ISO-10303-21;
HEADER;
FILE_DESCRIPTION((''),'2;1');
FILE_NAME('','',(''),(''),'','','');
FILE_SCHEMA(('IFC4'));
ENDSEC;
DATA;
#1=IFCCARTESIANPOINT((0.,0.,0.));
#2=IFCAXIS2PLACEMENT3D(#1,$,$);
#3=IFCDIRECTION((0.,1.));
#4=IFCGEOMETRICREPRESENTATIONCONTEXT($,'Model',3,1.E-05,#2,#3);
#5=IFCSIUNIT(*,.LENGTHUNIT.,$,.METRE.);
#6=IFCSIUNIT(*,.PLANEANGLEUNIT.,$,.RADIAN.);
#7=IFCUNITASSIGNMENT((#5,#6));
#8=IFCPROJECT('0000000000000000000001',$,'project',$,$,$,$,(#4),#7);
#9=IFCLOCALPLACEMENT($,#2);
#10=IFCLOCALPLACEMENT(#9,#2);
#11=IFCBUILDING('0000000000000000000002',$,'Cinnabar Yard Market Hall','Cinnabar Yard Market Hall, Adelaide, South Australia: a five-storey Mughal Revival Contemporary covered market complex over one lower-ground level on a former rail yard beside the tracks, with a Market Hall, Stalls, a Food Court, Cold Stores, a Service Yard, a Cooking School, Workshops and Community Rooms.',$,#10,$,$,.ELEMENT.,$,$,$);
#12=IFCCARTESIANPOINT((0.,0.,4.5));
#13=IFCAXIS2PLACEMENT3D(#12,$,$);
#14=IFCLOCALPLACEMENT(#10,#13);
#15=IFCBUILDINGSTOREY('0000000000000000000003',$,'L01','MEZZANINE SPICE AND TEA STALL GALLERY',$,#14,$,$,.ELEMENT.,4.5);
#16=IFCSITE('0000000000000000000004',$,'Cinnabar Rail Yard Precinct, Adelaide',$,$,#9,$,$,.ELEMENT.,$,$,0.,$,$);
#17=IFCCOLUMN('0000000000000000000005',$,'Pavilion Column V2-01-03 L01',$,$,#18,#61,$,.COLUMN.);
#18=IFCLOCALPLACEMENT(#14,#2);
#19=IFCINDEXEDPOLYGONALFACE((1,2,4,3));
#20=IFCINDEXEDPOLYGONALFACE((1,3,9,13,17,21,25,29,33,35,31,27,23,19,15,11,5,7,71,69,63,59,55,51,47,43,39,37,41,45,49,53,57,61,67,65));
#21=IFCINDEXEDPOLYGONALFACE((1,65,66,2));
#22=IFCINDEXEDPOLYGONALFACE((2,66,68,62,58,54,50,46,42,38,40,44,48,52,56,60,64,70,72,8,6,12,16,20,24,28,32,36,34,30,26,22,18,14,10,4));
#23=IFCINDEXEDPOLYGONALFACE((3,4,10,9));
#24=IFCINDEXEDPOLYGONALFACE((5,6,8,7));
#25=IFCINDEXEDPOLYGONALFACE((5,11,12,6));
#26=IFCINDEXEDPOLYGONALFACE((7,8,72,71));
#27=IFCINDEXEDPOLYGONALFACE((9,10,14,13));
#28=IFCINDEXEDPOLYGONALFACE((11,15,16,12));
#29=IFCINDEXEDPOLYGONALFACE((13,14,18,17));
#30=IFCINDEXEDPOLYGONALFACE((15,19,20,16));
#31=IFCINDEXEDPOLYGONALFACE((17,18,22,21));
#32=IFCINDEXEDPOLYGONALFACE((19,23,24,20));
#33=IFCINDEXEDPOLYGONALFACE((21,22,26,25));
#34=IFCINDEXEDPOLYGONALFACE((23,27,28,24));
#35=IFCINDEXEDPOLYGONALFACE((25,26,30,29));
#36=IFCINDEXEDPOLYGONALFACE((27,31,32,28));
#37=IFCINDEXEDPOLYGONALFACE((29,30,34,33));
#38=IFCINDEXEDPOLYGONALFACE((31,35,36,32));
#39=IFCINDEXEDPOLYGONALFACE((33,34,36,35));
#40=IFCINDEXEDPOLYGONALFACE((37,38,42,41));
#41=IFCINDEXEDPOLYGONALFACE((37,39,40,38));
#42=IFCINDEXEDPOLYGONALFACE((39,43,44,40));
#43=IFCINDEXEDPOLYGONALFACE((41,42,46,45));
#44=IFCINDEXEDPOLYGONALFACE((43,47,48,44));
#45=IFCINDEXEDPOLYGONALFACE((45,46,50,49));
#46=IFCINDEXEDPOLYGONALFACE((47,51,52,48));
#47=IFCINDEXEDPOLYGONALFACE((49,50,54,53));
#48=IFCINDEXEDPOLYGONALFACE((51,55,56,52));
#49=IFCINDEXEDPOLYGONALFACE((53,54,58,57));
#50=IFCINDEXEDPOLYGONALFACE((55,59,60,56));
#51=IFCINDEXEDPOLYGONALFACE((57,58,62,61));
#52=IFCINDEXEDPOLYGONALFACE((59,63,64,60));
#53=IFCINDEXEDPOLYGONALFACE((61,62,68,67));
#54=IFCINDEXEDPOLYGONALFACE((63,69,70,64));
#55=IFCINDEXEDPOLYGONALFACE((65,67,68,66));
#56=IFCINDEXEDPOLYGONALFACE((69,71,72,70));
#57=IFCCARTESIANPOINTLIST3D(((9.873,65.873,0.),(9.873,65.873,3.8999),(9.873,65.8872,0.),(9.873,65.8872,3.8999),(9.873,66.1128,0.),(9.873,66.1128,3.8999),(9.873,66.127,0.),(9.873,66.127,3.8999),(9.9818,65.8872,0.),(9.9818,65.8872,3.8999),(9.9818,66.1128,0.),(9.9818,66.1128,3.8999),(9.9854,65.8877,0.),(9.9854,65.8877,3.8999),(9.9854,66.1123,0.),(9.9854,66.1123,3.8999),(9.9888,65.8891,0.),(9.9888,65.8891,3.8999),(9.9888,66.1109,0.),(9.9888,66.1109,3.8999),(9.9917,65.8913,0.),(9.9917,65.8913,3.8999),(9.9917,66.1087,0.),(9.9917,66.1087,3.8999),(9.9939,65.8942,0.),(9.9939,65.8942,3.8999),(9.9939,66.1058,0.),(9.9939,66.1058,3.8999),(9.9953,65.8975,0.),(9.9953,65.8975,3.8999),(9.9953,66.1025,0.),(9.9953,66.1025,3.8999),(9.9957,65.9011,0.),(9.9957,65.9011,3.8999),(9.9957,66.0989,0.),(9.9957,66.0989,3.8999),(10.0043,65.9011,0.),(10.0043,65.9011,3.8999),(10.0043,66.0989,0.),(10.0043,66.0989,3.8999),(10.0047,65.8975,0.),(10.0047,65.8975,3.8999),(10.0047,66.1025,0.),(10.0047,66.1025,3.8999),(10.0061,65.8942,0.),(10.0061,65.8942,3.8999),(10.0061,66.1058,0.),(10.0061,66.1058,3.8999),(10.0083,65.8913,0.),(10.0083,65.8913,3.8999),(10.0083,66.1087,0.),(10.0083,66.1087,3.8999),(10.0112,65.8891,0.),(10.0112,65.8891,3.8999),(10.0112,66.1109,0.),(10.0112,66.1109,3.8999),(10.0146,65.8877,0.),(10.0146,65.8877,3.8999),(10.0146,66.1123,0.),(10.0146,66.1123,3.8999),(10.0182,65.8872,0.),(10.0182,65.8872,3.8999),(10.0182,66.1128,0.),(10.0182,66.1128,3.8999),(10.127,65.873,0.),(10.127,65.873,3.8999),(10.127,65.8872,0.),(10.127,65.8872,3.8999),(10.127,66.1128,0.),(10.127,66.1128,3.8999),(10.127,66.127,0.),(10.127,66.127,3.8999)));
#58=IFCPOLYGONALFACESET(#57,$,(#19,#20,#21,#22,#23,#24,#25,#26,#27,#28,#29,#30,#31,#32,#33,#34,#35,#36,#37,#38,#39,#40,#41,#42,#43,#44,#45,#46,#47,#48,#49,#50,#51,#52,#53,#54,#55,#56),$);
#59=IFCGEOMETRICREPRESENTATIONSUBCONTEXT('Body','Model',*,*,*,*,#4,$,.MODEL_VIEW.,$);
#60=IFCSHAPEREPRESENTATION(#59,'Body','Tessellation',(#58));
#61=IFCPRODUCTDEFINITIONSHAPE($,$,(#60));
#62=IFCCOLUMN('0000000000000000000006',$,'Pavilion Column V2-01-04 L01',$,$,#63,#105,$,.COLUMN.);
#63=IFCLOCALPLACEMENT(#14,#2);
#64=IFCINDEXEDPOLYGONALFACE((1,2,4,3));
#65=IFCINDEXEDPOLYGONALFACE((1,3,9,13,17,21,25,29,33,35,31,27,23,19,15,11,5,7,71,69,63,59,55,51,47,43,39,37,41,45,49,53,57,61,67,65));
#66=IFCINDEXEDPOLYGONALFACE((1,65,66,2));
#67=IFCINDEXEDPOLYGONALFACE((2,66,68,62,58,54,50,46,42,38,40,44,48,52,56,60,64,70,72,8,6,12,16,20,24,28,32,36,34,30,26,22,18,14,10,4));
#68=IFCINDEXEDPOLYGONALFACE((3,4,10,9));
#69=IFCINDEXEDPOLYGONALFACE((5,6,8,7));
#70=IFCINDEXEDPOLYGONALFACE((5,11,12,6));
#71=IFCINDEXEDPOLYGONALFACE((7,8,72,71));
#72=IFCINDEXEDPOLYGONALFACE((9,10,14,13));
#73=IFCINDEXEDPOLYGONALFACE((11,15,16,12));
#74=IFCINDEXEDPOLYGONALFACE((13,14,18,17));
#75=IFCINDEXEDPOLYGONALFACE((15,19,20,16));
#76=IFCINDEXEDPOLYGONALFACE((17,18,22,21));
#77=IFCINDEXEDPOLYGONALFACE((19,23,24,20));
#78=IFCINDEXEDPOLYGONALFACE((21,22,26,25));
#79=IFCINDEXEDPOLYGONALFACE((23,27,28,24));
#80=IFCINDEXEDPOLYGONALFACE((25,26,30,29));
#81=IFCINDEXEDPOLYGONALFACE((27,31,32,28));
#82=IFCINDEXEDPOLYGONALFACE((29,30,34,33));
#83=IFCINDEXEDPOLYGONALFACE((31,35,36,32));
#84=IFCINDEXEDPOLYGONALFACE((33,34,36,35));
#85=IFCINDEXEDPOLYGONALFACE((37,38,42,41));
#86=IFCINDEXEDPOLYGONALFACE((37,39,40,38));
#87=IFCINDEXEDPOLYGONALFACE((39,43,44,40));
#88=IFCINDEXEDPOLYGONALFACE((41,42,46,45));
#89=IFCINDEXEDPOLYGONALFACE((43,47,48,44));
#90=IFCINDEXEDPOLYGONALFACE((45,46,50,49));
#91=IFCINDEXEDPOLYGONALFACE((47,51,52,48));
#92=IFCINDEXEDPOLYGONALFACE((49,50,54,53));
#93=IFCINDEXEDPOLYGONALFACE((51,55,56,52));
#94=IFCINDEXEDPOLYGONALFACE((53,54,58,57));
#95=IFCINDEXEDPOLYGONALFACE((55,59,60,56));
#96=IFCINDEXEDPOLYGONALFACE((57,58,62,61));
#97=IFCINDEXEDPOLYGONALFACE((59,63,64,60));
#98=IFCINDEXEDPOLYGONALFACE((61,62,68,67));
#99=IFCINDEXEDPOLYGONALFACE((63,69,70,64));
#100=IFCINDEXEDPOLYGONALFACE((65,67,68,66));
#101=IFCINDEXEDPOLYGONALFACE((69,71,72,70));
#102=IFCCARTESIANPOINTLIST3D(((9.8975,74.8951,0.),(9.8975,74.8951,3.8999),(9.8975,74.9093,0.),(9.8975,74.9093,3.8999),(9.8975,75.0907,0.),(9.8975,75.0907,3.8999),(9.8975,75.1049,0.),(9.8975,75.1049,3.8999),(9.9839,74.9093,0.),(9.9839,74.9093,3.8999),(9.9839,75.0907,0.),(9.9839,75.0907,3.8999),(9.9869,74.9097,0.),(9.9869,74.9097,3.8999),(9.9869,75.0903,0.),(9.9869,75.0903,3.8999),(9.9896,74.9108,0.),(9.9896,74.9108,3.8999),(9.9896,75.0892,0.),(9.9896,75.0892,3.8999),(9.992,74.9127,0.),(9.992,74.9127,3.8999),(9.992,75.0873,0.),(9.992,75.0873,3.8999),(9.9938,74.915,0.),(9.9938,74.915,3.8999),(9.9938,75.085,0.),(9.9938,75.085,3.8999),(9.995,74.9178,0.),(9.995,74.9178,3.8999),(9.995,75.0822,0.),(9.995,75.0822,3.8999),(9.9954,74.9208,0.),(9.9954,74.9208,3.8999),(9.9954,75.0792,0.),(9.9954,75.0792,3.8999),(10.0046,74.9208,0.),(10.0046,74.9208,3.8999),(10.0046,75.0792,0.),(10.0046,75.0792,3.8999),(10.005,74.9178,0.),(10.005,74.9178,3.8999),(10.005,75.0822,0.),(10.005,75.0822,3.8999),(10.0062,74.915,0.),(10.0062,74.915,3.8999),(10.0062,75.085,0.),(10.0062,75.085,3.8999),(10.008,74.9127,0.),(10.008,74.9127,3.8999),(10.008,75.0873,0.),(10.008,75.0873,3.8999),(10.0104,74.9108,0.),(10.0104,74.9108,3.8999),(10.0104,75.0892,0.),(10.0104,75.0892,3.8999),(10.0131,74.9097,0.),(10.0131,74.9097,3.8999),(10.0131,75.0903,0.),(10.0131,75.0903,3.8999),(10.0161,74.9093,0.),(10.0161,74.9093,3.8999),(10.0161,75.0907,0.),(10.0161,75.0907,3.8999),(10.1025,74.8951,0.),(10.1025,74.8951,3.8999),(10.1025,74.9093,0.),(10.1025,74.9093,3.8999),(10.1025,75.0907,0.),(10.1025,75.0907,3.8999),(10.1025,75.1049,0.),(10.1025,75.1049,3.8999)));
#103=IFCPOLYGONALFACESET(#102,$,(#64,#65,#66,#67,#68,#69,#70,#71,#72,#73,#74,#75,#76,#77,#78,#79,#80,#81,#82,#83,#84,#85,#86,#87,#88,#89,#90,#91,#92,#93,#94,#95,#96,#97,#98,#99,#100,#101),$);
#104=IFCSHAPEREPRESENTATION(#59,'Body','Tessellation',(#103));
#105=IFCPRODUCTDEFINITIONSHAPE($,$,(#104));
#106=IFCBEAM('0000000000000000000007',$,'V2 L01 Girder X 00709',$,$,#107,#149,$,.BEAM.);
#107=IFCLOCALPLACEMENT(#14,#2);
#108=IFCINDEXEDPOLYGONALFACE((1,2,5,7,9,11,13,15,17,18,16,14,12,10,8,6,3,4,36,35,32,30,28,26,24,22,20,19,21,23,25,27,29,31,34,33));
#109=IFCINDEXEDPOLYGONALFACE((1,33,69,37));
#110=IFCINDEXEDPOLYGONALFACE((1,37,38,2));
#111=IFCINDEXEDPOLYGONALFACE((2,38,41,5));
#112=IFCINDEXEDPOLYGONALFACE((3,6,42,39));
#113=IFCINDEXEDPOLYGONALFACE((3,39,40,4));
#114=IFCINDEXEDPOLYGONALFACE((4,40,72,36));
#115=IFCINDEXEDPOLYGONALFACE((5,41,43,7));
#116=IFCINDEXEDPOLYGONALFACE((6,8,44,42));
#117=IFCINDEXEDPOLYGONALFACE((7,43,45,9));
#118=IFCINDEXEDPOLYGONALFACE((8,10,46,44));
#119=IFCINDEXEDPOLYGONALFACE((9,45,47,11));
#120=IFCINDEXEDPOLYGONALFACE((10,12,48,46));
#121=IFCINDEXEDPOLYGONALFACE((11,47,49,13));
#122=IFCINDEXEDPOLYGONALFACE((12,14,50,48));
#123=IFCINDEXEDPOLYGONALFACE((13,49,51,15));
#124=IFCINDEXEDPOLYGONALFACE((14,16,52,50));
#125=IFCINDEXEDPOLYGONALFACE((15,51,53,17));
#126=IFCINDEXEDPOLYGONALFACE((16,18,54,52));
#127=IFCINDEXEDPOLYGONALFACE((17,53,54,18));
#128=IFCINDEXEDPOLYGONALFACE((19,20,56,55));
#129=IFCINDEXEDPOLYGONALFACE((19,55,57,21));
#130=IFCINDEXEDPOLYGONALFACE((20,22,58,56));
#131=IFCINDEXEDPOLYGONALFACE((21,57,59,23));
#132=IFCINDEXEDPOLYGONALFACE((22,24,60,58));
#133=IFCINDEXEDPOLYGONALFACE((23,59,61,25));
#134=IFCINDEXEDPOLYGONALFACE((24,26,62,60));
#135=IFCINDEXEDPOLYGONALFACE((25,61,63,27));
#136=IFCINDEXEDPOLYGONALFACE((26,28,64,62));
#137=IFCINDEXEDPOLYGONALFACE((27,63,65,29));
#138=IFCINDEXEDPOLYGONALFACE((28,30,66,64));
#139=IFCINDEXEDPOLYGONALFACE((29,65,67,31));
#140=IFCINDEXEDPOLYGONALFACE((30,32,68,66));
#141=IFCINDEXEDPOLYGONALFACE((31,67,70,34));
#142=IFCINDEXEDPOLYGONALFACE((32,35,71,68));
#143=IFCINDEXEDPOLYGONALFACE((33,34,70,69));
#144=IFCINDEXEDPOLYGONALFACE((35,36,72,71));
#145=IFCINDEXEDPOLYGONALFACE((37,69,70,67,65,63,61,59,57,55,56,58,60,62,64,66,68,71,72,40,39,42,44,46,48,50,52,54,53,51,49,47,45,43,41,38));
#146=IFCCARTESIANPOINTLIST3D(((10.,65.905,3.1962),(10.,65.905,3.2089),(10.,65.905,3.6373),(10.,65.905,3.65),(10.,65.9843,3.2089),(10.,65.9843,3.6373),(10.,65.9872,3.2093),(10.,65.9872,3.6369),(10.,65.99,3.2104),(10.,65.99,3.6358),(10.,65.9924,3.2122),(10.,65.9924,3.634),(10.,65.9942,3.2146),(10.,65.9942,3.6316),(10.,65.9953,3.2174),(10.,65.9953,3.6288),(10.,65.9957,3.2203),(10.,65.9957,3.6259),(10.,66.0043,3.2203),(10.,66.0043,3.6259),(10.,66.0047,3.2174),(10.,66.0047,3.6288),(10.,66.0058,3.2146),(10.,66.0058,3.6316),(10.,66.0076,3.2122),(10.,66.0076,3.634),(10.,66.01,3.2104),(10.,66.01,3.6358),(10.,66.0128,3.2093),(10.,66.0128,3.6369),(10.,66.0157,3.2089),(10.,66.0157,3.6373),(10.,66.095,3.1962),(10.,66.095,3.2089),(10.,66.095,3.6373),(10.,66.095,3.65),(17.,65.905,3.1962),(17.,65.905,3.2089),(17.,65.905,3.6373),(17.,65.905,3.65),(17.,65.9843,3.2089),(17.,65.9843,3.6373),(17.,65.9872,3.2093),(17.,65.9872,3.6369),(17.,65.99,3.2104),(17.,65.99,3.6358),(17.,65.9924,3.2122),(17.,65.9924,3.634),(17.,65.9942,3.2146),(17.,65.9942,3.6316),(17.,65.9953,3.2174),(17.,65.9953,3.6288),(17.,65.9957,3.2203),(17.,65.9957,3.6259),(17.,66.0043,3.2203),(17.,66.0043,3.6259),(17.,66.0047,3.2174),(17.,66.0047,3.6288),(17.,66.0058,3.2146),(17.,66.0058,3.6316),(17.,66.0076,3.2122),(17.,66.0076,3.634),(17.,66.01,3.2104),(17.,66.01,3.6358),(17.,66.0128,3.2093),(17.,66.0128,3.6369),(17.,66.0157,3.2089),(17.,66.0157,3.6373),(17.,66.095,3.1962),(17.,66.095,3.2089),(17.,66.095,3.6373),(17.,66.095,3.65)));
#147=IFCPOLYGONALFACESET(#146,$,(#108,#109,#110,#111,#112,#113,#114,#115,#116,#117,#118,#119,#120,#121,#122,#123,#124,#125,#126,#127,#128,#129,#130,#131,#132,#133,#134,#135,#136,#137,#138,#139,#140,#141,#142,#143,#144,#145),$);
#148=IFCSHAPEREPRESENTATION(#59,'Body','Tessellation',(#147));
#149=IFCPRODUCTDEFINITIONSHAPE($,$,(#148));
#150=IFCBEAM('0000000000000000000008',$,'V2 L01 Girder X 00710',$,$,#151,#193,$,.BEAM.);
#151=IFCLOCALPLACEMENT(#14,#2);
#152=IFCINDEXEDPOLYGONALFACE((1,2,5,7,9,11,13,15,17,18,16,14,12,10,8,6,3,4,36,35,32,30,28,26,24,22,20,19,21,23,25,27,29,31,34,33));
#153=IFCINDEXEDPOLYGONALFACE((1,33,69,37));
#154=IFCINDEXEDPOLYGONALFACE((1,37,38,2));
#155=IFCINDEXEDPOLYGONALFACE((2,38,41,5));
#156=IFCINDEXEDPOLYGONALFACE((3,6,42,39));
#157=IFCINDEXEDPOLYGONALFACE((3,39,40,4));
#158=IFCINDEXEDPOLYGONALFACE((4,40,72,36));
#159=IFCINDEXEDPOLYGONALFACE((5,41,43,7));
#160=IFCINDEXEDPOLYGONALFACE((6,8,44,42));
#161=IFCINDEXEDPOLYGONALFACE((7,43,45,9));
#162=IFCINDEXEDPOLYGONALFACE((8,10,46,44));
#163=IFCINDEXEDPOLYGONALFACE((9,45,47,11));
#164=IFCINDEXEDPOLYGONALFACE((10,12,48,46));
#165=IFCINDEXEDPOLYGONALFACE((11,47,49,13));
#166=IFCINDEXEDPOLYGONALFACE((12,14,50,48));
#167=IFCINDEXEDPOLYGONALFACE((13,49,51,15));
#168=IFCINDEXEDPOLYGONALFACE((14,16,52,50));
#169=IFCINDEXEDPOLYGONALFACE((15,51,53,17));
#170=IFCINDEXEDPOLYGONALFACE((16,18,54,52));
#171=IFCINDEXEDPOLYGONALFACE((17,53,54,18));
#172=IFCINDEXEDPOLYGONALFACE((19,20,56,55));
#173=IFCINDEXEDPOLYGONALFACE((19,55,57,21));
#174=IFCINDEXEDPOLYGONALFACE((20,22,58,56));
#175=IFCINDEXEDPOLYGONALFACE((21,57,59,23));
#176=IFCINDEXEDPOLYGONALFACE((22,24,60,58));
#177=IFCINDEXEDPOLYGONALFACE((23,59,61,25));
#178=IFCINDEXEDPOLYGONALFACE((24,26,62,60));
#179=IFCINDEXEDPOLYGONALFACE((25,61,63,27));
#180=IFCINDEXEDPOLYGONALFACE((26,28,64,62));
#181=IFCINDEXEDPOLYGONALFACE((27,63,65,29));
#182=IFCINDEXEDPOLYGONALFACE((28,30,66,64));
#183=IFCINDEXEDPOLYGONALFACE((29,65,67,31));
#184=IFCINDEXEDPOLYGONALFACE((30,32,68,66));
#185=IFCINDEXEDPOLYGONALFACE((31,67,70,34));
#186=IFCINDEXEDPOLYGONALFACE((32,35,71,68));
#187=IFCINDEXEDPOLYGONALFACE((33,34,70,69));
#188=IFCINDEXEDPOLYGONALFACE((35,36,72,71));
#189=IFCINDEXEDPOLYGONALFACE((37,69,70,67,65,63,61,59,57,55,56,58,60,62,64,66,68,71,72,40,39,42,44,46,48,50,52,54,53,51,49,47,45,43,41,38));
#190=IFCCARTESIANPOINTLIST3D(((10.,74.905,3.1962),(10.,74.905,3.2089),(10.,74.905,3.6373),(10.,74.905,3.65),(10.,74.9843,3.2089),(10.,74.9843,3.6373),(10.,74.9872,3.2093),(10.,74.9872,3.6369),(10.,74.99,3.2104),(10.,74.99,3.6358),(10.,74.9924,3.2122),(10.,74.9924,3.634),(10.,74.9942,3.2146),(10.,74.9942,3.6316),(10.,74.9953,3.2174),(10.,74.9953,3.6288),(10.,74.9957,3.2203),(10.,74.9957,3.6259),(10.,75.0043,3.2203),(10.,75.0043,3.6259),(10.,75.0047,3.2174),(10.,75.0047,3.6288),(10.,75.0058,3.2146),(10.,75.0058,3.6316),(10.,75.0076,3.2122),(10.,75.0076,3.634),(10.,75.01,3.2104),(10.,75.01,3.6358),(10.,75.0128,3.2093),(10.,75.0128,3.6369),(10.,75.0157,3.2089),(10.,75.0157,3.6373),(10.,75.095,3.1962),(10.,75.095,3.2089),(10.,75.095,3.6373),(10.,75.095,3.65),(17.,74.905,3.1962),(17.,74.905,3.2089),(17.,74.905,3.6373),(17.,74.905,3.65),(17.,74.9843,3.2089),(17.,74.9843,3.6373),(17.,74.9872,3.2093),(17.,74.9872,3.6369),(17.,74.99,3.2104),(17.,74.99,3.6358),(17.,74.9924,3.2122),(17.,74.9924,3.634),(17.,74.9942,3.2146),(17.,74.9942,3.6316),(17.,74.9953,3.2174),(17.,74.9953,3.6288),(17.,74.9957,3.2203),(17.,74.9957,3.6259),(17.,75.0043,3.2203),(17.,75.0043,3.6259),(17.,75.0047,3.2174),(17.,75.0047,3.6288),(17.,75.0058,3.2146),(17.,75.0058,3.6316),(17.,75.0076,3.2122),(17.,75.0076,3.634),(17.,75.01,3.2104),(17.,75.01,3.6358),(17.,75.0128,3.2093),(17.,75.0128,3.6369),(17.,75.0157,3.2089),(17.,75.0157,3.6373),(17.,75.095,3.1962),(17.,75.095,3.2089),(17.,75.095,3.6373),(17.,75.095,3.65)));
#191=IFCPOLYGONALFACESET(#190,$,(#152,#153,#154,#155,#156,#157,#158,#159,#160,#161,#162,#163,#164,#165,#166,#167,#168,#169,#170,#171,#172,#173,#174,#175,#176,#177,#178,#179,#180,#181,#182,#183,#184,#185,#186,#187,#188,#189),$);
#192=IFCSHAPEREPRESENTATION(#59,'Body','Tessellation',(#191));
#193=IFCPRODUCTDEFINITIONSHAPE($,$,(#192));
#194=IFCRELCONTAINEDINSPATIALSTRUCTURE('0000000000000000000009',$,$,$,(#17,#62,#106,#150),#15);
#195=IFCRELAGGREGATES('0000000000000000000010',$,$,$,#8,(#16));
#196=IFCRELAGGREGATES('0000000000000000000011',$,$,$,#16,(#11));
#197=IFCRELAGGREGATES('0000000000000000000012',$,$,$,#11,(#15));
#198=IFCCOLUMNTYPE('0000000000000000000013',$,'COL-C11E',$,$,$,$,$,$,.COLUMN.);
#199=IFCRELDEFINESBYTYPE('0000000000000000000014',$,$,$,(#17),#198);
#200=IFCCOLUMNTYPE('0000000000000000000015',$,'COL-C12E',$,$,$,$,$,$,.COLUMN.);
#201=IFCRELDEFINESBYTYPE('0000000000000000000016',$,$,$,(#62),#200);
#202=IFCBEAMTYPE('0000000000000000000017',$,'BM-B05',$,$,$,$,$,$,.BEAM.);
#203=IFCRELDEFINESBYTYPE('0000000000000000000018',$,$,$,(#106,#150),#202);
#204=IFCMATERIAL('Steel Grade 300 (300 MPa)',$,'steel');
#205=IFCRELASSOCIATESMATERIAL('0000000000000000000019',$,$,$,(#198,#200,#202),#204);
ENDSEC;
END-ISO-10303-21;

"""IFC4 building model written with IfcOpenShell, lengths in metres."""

from ifc_helpers import new_model, si_unit, direction, frame, origin, origin_2d_with_axis, place, context, subcontext, project, spatial, i_section, extrude, material, material_profile, profile_set, type_object, element, save


model = new_model("IFC4")

# Units and contexts
model_context = context("Model", 3, precision=1e-05, world=origin(), true_north=direction((0.0, 1.0)))
body_context = subcontext(model_context, "Body", "Model", "MODEL_VIEW")
ifc_project = project(units=[si_unit("LENGTHUNIT", "METRE"), si_unit("PLANEANGLEUNIT", "RADIAN")], contexts=[model_context])

# Site, building, storey
site_placement = place(None, origin())
site = spatial("IfcSite", under=ifc_project, at=site_placement, Name="Cinnabar Rail Yard Precinct, Adelaide", CompositionType="ELEMENT", RefElevation=0.0)
building_placement = place(site_placement, origin())
building = spatial("IfcBuilding", under=site, at=building_placement, Name="Cinnabar Yard Market Hall", Description="Cinnabar Yard Market Hall, Adelaide, South Australia: a five-storey Mughal Revival Contemporary covered market complex over one lower-ground level on a former rail yard beside the tracks, with a Market Hall, Stalls, a Food Court, Cold Stores, a Service Yard, a Cooking School, Workshops and Community Rooms.", CompositionType="ELEMENT")
storey_placement = place(building_placement, frame((0.0, 0.0, 4.5)))
storey = spatial("IfcBuildingStorey", under=building, at=storey_placement, Name="L01", Description="MEZZANINE SPICE AND TEA STALL GALLERY", CompositionType="ELEMENT", Elevation=4.5)

# Columns
ifc_material_1 = material(Name="Steel Grade 300 (300 MPa)", Category="steel")
ifc_material_profile_1 = material_profile(ifc_material_1, i_section(OverallWidth=0.2539, OverallDepth=0.2539, WebThickness=0.0085, FlangeThickness=0.0142, FilletRadius=0.0139, at=origin_2d_with_axis()), Name="250UC72.9")
ifc_profile_set_1 = profile_set([ifc_material_profile_1], Name="Steel Grade 300 (300 MPa)")
column_type_1 = type_object("IfcColumnType", Name="COL-C11E", PredefinedType="COLUMN", material=ifc_profile_set_1)
column_1_placement = place(storey_placement, frame((10.0, 66.0, 0.0), z_axis=(0.0, 0.0, 1.0), x_axis=(1.0, 0.0, 0.0)))
element("IfcColumn", 1, at=column_1_placement, inside=storey, type_object=column_type_1, Name="Pavilion Column V2-01-03 L01", PredefinedType="COLUMN", context=body_context, shape_type="SweptSolid", body=[
    extrude(i_section(OverallWidth=0.2539, OverallDepth=0.2539, WebThickness=0.0085, FlangeThickness=0.0142, FilletRadius=0.0139, at=origin_2d_with_axis()), origin(), (0.0, 0.0, 1.0), 3.8999),
])
ifc_material_profile_2 = material_profile(ifc_material_1, i_section(OverallWidth=0.2051, OverallDepth=0.2097, WebThickness=0.0093, FlangeThickness=0.0142, FilletRadius=0.0115, at=origin_2d_with_axis()), Name="200UC59.5")
ifc_profile_set_2 = profile_set([ifc_material_profile_2], Name="Steel Grade 300 (300 MPa)")
column_type_2 = type_object("IfcColumnType", Name="COL-C12E", PredefinedType="COLUMN", material=ifc_profile_set_2)
column_2_placement = place(storey_placement, frame((10.0, 75.0, 0.0), z_axis=(0.0, 0.0, 1.0), x_axis=(1.0, 0.0, 0.0)))
element("IfcColumn", 2, at=column_2_placement, inside=storey, type_object=column_type_2, Name="Pavilion Column V2-01-04 L01", PredefinedType="COLUMN", context=body_context, shape_type="SweptSolid", body=[
    extrude(i_section(OverallWidth=0.2051, OverallDepth=0.2097, WebThickness=0.0093, FlangeThickness=0.0142, FilletRadius=0.0115, at=origin_2d_with_axis()), origin(), (0.0, 0.0, 1.0), 3.8999),
])

# Beams
ifc_material_profile_3 = material_profile(ifc_material_1, i_section(OverallWidth=0.1899, OverallDepth=0.4539, WebThickness=0.0085, FlangeThickness=0.0127, FilletRadius=0.0115, at=origin_2d_with_axis()), Name="460UB67.1")
ifc_profile_set_3 = profile_set([ifc_material_profile_3], Name="Steel Grade 300 (300 MPa)")
beam_type_1 = type_object("IfcBeamType", Name="BM-B05", PredefinedType="BEAM", material=ifc_profile_set_3)
for number, where, z_axis, x_axis, name in (
    (3, (10.0, 66.0, 3.4231), (1.0, 0.0, 0.0), (0.0, 1.0, 0.0), "V2 L01 Girder X 00709"),
    (4, (10.0, 75.0, 3.4231), (1.0, 0.0, 0.0), (0.0, 1.0, 0.0), "V2 L01 Girder X 00710"),
):
    element("IfcBeam", number, at=place(storey_placement, frame(where, z_axis=z_axis, x_axis=x_axis)), inside=storey, type_object=beam_type_1, Name=name, PredefinedType="BEAM", context=body_context, shape_type="SweptSolid", body=[
        extrude(i_section(OverallWidth=0.1899, OverallDepth=0.4539, WebThickness=0.0085, FlangeThickness=0.0127, FilletRadius=0.0115, at=origin_2d_with_axis()), origin(), (0.0, 0.0, 1.0), 7.0),
    ])

save(model, "model.ifc")
